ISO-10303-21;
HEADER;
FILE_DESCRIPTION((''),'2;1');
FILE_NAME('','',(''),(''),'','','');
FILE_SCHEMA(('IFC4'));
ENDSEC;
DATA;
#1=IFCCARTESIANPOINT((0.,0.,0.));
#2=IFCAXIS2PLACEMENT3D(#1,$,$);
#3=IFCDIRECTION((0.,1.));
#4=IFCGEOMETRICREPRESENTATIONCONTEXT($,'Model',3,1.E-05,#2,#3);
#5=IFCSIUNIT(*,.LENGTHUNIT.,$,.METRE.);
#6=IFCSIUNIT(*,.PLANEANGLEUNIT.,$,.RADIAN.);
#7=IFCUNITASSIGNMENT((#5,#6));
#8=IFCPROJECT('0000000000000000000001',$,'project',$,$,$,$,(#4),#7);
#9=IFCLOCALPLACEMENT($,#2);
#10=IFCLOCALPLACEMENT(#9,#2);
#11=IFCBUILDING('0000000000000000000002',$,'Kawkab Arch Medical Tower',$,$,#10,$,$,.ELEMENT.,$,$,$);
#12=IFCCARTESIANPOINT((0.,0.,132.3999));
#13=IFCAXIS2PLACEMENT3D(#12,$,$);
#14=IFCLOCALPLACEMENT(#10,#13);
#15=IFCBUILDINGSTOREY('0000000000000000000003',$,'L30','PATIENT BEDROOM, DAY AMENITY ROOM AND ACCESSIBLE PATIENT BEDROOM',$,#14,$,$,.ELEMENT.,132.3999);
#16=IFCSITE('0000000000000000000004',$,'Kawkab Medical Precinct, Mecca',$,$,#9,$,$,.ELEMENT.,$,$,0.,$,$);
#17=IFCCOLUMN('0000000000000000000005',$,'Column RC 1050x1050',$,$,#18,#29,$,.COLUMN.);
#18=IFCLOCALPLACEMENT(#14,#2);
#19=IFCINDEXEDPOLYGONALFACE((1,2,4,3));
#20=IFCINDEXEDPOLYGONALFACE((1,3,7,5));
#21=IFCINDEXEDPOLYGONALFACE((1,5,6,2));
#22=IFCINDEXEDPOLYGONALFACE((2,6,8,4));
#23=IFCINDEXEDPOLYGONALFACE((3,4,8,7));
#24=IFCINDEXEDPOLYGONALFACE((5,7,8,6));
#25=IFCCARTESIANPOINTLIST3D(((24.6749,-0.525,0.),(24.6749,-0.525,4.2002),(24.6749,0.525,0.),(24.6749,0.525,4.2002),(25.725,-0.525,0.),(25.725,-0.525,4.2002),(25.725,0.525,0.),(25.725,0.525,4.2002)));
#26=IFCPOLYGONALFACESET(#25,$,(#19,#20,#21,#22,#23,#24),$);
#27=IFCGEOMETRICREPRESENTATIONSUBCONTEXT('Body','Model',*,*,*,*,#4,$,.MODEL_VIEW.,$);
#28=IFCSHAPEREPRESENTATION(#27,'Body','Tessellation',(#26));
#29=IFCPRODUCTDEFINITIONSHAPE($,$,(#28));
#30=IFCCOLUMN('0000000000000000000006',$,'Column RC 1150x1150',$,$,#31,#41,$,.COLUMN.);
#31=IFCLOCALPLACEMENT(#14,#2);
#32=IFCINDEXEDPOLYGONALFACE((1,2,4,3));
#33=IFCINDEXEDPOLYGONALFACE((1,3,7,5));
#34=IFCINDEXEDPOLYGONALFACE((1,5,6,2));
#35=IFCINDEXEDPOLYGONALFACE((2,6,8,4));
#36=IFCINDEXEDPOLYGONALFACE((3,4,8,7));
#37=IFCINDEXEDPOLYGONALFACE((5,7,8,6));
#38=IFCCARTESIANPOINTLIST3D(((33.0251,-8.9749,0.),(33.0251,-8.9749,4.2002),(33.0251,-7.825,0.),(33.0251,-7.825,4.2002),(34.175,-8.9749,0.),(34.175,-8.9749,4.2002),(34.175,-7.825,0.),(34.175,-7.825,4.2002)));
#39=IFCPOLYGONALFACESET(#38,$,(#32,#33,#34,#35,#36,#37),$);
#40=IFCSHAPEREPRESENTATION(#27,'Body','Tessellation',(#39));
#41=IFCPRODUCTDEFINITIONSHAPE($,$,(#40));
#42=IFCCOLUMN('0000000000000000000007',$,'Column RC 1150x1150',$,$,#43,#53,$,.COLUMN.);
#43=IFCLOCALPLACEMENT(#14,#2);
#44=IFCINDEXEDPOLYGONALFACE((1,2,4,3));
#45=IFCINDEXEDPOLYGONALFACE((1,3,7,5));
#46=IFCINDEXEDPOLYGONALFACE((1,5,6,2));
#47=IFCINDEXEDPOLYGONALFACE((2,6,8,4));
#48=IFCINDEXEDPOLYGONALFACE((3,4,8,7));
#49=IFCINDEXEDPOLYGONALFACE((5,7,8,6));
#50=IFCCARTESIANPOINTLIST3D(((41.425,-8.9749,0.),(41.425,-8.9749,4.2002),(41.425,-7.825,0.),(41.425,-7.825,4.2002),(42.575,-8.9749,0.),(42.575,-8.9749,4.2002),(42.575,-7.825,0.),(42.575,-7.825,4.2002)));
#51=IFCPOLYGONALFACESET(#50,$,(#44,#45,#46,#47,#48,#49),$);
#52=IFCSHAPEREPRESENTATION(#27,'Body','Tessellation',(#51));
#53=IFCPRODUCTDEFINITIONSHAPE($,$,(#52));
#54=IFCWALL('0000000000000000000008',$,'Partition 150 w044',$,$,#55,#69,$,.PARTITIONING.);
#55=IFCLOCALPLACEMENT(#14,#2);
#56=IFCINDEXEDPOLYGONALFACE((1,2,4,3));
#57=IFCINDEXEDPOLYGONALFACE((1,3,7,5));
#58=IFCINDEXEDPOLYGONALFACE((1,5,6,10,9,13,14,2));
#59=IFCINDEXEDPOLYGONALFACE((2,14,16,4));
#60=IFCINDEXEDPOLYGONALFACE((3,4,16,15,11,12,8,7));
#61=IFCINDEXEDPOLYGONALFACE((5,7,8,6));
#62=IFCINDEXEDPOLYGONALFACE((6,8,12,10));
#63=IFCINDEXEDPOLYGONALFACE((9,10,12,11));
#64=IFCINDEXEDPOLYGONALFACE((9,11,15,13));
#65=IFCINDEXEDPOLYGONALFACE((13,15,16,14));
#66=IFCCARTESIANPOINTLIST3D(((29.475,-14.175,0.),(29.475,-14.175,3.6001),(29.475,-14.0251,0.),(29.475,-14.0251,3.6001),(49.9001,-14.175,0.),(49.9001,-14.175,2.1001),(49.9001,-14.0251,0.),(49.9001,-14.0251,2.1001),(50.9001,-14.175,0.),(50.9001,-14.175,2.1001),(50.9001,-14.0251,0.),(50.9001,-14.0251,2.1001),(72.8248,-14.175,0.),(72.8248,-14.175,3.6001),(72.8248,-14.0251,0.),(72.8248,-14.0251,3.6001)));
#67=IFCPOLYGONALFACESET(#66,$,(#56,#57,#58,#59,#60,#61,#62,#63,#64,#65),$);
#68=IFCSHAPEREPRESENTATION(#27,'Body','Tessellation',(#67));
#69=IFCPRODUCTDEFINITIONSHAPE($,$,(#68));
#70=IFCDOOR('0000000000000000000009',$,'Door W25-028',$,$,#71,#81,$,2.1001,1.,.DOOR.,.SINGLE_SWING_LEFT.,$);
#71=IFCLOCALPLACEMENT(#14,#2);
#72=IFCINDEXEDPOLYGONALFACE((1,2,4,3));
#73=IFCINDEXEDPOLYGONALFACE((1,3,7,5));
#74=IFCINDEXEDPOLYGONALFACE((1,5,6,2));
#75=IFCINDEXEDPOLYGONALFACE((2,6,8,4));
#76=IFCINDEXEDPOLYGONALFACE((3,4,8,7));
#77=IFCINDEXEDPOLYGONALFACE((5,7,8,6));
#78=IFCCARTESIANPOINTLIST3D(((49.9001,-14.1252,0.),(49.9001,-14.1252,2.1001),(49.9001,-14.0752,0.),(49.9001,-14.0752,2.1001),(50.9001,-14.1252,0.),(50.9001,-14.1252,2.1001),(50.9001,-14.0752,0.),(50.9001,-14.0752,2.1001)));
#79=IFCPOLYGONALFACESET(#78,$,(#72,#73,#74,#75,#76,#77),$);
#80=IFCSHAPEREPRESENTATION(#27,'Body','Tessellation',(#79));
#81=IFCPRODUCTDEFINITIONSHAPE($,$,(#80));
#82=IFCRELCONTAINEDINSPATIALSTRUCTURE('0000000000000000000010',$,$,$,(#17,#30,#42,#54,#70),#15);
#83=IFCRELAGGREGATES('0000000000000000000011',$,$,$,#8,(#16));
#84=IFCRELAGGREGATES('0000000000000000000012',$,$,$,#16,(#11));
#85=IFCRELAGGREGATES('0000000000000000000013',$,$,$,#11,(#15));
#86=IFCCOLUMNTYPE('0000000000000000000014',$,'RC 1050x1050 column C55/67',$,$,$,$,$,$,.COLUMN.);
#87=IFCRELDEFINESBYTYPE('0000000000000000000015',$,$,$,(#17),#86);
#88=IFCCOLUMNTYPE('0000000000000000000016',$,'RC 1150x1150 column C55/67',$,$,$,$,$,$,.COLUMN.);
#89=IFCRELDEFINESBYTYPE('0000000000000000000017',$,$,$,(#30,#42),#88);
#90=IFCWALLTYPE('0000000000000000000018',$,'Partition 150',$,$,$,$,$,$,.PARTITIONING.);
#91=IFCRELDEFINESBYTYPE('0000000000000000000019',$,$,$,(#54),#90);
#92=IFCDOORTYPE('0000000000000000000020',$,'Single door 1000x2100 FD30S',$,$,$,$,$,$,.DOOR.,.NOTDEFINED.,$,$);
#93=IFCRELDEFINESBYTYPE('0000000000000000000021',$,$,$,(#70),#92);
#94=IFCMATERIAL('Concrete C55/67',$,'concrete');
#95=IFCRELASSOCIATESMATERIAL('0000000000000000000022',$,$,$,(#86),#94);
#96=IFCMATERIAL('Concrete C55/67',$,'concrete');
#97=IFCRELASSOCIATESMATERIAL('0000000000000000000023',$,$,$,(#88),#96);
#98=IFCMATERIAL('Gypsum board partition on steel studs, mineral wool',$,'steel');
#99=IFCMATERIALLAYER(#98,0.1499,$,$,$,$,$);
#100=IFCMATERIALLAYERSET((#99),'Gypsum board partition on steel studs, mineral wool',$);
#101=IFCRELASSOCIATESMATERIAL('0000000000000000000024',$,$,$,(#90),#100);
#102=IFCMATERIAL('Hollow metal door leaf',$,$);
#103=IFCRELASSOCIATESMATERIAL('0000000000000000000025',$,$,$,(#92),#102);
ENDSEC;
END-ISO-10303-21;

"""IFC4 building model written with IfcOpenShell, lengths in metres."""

from ifc_helpers import new_model, si_unit, direction, frame, frame_2d, origin, origin_2d, place, context, subcontext, project, spatial, rectangle, extrude, material, layer, layer_set, material_profile, profile_set, type_object, element, fill, save


model = new_model("IFC4")

# Units and contexts
model_context = context("Model", 3, precision=1e-05, world=origin(), true_north=direction((0.0, 1.0)))
body_context = subcontext(model_context, "Body", "Model", "MODEL_VIEW")
ifc_project = project(units=[si_unit("LENGTHUNIT", "METRE"), si_unit("PLANEANGLEUNIT", "RADIAN")], contexts=[model_context])

# Site, building, storey
site_placement = place(None, origin())
site = spatial("IfcSite", under=ifc_project, at=site_placement, Name="Kawkab Medical Precinct, Mecca", CompositionType="ELEMENT", RefElevation=0.0)
building_placement = place(site_placement, origin())
building = spatial("IfcBuilding", under=site, at=building_placement, Name="Kawkab Arch Medical Tower", CompositionType="ELEMENT")
storey_placement = place(building_placement, frame((0.0, 0.0, 132.3999)))
storey = spatial("IfcBuildingStorey", under=building, at=storey_placement, Name="L30", Description="PATIENT BEDROOM, DAY AMENITY ROOM AND ACCESSIBLE PATIENT BEDROOM", CompositionType="ELEMENT", Elevation=132.3999)

# Columns
ifc_material_1 = material(Name="Concrete C55/67", Category="concrete")
ifc_material_profile_1 = material_profile(ifc_material_1, rectangle(XDim=1.05, YDim=1.05, at=origin_2d()), Name="RC 1050x1050")
ifc_profile_set_1 = profile_set([ifc_material_profile_1], Name="Concrete C55/67")
column_type_1 = type_object("IfcColumnType", Name="RC 1050x1050 column C55/67", PredefinedType="COLUMN", material=ifc_profile_set_1)
column_placement = place(storey_placement, frame((25.2, 0.0, 0.0), z_axis=(0.0, 0.0, 1.0), x_axis=(1.0, 0.0, 0.0)))
element("IfcColumn", 1, at=column_placement, inside=storey, type_object=column_type_1, Name="Column RC 1050x1050", PredefinedType="COLUMN", context=body_context, shape_type="SweptSolid", body=[
    extrude(rectangle(XDim=1.05, YDim=1.05, at=origin_2d()), origin(), (0.0, 0.0, 1.0), 4.2002),
])
ifc_material_2 = material(Name="Concrete C55/67", Category="concrete")
ifc_material_profile_2 = material_profile(ifc_material_2, rectangle(XDim=1.1499, YDim=1.1499, at=origin_2d()), Name="RC 1150x1150")
ifc_profile_set_2 = profile_set([ifc_material_profile_2], Name="Concrete C55/67")
column_type_2 = type_object("IfcColumnType", Name="RC 1150x1150 column C55/67", PredefinedType="COLUMN", material=ifc_profile_set_2)
for number, where, z_axis, x_axis, name in (
    (2, (33.6001, -8.3999, 0.0), (0.0, 0.0, 1.0), (1.0, 0.0, 0.0), "Column RC 1150x1150"),
    (3, (42.0, -8.3999, 0.0), (0.0, 0.0, 1.0), (1.0, 0.0, 0.0), "Column RC 1150x1150"),
):
    element("IfcColumn", number, at=place(storey_placement, frame(where, z_axis=z_axis, x_axis=x_axis)), inside=storey, type_object=column_type_2, Name=name, PredefinedType="COLUMN", context=body_context, shape_type="SweptSolid", body=[
        extrude(rectangle(XDim=1.1499, YDim=1.1499, at=origin_2d()), origin(), (0.0, 0.0, 1.0), 4.2002),
    ])

# Wall, opening, door
ifc_material_3 = material(Name="Gypsum board partition on steel studs, mineral wool", Category="steel")
ifc_layer = layer(ifc_material_3, 0.1499)
ifc_layer_set = layer_set([ifc_layer], Name="Gypsum board partition on steel studs, mineral wool")
wall_type = type_object("IfcWallType", Name="Partition 150", PredefinedType="PARTITIONING", material=ifc_layer_set)
wall_1_placement = place(storey_placement, frame((29.4751, -14.1001, 0.0), z_axis=(0.0, 0.0, 1.0), x_axis=(1.0, 0.0, 0.0)))
wall_1 = element("IfcWall", 4, at=wall_1_placement, inside=storey, type_object=wall_type, Name="Partition 150 w044", PredefinedType="PARTITIONING", context=body_context, shape_type="SweptSolid", body=[
    extrude(rectangle(XDim=43.3499, YDim=0.1499, at=frame_2d((21.6748, 0.0))), origin(), (0.0, 0.0, 1.0), 3.6001),
])
opening_1_placement = place(wall_1_placement, frame((20.425, 0.0, 0.0)))
opening_1 = element("IfcOpeningElement", 5, at=opening_1_placement, cuts=wall_1, PredefinedType="OPENING", context=body_context, shape_type="SweptSolid", body=[
    extrude(rectangle(XDim=1.0, YDim=2.1001, at=frame_2d((0.5, 1.05))), frame((0.0, 0.085, 0.0), z_axis=(0.0, -1.0, 0.0), x_axis=(1.0, 0.0, 0.0)), (0.0, 0.0, 1.0), 0.1699),
])
ifc_material_4 = material(Name="Hollow metal door leaf")
door_type_1 = type_object("IfcDoorType", Name="Single door 1000x2100 FD30S", OperationType="NOTDEFINED", PredefinedType="DOOR", material=ifc_material_4)
door_1_placement = place(opening_1_placement, origin())
door_1 = element("IfcDoor", 6, at=door_1_placement, inside=storey, type_object=door_type_1, Name="Door W25-028", OperationType="SINGLE_SWING_LEFT", OverallHeight=2.1001, OverallWidth=1.0, PredefinedType="DOOR", context=body_context, shape_type="SweptSolid", body=[
    extrude(rectangle(XDim=1.0, YDim=2.1001, at=frame_2d((0.5, 1.05))), frame((0.0, 0.0249, 0.0), z_axis=(0.0, -1.0, 0.0), x_axis=(1.0, 0.0, 0.0)), (0.0, 0.0, 1.0), 0.05),
])
fill(opening_1, door_1)

save(model, "model.ifc")
